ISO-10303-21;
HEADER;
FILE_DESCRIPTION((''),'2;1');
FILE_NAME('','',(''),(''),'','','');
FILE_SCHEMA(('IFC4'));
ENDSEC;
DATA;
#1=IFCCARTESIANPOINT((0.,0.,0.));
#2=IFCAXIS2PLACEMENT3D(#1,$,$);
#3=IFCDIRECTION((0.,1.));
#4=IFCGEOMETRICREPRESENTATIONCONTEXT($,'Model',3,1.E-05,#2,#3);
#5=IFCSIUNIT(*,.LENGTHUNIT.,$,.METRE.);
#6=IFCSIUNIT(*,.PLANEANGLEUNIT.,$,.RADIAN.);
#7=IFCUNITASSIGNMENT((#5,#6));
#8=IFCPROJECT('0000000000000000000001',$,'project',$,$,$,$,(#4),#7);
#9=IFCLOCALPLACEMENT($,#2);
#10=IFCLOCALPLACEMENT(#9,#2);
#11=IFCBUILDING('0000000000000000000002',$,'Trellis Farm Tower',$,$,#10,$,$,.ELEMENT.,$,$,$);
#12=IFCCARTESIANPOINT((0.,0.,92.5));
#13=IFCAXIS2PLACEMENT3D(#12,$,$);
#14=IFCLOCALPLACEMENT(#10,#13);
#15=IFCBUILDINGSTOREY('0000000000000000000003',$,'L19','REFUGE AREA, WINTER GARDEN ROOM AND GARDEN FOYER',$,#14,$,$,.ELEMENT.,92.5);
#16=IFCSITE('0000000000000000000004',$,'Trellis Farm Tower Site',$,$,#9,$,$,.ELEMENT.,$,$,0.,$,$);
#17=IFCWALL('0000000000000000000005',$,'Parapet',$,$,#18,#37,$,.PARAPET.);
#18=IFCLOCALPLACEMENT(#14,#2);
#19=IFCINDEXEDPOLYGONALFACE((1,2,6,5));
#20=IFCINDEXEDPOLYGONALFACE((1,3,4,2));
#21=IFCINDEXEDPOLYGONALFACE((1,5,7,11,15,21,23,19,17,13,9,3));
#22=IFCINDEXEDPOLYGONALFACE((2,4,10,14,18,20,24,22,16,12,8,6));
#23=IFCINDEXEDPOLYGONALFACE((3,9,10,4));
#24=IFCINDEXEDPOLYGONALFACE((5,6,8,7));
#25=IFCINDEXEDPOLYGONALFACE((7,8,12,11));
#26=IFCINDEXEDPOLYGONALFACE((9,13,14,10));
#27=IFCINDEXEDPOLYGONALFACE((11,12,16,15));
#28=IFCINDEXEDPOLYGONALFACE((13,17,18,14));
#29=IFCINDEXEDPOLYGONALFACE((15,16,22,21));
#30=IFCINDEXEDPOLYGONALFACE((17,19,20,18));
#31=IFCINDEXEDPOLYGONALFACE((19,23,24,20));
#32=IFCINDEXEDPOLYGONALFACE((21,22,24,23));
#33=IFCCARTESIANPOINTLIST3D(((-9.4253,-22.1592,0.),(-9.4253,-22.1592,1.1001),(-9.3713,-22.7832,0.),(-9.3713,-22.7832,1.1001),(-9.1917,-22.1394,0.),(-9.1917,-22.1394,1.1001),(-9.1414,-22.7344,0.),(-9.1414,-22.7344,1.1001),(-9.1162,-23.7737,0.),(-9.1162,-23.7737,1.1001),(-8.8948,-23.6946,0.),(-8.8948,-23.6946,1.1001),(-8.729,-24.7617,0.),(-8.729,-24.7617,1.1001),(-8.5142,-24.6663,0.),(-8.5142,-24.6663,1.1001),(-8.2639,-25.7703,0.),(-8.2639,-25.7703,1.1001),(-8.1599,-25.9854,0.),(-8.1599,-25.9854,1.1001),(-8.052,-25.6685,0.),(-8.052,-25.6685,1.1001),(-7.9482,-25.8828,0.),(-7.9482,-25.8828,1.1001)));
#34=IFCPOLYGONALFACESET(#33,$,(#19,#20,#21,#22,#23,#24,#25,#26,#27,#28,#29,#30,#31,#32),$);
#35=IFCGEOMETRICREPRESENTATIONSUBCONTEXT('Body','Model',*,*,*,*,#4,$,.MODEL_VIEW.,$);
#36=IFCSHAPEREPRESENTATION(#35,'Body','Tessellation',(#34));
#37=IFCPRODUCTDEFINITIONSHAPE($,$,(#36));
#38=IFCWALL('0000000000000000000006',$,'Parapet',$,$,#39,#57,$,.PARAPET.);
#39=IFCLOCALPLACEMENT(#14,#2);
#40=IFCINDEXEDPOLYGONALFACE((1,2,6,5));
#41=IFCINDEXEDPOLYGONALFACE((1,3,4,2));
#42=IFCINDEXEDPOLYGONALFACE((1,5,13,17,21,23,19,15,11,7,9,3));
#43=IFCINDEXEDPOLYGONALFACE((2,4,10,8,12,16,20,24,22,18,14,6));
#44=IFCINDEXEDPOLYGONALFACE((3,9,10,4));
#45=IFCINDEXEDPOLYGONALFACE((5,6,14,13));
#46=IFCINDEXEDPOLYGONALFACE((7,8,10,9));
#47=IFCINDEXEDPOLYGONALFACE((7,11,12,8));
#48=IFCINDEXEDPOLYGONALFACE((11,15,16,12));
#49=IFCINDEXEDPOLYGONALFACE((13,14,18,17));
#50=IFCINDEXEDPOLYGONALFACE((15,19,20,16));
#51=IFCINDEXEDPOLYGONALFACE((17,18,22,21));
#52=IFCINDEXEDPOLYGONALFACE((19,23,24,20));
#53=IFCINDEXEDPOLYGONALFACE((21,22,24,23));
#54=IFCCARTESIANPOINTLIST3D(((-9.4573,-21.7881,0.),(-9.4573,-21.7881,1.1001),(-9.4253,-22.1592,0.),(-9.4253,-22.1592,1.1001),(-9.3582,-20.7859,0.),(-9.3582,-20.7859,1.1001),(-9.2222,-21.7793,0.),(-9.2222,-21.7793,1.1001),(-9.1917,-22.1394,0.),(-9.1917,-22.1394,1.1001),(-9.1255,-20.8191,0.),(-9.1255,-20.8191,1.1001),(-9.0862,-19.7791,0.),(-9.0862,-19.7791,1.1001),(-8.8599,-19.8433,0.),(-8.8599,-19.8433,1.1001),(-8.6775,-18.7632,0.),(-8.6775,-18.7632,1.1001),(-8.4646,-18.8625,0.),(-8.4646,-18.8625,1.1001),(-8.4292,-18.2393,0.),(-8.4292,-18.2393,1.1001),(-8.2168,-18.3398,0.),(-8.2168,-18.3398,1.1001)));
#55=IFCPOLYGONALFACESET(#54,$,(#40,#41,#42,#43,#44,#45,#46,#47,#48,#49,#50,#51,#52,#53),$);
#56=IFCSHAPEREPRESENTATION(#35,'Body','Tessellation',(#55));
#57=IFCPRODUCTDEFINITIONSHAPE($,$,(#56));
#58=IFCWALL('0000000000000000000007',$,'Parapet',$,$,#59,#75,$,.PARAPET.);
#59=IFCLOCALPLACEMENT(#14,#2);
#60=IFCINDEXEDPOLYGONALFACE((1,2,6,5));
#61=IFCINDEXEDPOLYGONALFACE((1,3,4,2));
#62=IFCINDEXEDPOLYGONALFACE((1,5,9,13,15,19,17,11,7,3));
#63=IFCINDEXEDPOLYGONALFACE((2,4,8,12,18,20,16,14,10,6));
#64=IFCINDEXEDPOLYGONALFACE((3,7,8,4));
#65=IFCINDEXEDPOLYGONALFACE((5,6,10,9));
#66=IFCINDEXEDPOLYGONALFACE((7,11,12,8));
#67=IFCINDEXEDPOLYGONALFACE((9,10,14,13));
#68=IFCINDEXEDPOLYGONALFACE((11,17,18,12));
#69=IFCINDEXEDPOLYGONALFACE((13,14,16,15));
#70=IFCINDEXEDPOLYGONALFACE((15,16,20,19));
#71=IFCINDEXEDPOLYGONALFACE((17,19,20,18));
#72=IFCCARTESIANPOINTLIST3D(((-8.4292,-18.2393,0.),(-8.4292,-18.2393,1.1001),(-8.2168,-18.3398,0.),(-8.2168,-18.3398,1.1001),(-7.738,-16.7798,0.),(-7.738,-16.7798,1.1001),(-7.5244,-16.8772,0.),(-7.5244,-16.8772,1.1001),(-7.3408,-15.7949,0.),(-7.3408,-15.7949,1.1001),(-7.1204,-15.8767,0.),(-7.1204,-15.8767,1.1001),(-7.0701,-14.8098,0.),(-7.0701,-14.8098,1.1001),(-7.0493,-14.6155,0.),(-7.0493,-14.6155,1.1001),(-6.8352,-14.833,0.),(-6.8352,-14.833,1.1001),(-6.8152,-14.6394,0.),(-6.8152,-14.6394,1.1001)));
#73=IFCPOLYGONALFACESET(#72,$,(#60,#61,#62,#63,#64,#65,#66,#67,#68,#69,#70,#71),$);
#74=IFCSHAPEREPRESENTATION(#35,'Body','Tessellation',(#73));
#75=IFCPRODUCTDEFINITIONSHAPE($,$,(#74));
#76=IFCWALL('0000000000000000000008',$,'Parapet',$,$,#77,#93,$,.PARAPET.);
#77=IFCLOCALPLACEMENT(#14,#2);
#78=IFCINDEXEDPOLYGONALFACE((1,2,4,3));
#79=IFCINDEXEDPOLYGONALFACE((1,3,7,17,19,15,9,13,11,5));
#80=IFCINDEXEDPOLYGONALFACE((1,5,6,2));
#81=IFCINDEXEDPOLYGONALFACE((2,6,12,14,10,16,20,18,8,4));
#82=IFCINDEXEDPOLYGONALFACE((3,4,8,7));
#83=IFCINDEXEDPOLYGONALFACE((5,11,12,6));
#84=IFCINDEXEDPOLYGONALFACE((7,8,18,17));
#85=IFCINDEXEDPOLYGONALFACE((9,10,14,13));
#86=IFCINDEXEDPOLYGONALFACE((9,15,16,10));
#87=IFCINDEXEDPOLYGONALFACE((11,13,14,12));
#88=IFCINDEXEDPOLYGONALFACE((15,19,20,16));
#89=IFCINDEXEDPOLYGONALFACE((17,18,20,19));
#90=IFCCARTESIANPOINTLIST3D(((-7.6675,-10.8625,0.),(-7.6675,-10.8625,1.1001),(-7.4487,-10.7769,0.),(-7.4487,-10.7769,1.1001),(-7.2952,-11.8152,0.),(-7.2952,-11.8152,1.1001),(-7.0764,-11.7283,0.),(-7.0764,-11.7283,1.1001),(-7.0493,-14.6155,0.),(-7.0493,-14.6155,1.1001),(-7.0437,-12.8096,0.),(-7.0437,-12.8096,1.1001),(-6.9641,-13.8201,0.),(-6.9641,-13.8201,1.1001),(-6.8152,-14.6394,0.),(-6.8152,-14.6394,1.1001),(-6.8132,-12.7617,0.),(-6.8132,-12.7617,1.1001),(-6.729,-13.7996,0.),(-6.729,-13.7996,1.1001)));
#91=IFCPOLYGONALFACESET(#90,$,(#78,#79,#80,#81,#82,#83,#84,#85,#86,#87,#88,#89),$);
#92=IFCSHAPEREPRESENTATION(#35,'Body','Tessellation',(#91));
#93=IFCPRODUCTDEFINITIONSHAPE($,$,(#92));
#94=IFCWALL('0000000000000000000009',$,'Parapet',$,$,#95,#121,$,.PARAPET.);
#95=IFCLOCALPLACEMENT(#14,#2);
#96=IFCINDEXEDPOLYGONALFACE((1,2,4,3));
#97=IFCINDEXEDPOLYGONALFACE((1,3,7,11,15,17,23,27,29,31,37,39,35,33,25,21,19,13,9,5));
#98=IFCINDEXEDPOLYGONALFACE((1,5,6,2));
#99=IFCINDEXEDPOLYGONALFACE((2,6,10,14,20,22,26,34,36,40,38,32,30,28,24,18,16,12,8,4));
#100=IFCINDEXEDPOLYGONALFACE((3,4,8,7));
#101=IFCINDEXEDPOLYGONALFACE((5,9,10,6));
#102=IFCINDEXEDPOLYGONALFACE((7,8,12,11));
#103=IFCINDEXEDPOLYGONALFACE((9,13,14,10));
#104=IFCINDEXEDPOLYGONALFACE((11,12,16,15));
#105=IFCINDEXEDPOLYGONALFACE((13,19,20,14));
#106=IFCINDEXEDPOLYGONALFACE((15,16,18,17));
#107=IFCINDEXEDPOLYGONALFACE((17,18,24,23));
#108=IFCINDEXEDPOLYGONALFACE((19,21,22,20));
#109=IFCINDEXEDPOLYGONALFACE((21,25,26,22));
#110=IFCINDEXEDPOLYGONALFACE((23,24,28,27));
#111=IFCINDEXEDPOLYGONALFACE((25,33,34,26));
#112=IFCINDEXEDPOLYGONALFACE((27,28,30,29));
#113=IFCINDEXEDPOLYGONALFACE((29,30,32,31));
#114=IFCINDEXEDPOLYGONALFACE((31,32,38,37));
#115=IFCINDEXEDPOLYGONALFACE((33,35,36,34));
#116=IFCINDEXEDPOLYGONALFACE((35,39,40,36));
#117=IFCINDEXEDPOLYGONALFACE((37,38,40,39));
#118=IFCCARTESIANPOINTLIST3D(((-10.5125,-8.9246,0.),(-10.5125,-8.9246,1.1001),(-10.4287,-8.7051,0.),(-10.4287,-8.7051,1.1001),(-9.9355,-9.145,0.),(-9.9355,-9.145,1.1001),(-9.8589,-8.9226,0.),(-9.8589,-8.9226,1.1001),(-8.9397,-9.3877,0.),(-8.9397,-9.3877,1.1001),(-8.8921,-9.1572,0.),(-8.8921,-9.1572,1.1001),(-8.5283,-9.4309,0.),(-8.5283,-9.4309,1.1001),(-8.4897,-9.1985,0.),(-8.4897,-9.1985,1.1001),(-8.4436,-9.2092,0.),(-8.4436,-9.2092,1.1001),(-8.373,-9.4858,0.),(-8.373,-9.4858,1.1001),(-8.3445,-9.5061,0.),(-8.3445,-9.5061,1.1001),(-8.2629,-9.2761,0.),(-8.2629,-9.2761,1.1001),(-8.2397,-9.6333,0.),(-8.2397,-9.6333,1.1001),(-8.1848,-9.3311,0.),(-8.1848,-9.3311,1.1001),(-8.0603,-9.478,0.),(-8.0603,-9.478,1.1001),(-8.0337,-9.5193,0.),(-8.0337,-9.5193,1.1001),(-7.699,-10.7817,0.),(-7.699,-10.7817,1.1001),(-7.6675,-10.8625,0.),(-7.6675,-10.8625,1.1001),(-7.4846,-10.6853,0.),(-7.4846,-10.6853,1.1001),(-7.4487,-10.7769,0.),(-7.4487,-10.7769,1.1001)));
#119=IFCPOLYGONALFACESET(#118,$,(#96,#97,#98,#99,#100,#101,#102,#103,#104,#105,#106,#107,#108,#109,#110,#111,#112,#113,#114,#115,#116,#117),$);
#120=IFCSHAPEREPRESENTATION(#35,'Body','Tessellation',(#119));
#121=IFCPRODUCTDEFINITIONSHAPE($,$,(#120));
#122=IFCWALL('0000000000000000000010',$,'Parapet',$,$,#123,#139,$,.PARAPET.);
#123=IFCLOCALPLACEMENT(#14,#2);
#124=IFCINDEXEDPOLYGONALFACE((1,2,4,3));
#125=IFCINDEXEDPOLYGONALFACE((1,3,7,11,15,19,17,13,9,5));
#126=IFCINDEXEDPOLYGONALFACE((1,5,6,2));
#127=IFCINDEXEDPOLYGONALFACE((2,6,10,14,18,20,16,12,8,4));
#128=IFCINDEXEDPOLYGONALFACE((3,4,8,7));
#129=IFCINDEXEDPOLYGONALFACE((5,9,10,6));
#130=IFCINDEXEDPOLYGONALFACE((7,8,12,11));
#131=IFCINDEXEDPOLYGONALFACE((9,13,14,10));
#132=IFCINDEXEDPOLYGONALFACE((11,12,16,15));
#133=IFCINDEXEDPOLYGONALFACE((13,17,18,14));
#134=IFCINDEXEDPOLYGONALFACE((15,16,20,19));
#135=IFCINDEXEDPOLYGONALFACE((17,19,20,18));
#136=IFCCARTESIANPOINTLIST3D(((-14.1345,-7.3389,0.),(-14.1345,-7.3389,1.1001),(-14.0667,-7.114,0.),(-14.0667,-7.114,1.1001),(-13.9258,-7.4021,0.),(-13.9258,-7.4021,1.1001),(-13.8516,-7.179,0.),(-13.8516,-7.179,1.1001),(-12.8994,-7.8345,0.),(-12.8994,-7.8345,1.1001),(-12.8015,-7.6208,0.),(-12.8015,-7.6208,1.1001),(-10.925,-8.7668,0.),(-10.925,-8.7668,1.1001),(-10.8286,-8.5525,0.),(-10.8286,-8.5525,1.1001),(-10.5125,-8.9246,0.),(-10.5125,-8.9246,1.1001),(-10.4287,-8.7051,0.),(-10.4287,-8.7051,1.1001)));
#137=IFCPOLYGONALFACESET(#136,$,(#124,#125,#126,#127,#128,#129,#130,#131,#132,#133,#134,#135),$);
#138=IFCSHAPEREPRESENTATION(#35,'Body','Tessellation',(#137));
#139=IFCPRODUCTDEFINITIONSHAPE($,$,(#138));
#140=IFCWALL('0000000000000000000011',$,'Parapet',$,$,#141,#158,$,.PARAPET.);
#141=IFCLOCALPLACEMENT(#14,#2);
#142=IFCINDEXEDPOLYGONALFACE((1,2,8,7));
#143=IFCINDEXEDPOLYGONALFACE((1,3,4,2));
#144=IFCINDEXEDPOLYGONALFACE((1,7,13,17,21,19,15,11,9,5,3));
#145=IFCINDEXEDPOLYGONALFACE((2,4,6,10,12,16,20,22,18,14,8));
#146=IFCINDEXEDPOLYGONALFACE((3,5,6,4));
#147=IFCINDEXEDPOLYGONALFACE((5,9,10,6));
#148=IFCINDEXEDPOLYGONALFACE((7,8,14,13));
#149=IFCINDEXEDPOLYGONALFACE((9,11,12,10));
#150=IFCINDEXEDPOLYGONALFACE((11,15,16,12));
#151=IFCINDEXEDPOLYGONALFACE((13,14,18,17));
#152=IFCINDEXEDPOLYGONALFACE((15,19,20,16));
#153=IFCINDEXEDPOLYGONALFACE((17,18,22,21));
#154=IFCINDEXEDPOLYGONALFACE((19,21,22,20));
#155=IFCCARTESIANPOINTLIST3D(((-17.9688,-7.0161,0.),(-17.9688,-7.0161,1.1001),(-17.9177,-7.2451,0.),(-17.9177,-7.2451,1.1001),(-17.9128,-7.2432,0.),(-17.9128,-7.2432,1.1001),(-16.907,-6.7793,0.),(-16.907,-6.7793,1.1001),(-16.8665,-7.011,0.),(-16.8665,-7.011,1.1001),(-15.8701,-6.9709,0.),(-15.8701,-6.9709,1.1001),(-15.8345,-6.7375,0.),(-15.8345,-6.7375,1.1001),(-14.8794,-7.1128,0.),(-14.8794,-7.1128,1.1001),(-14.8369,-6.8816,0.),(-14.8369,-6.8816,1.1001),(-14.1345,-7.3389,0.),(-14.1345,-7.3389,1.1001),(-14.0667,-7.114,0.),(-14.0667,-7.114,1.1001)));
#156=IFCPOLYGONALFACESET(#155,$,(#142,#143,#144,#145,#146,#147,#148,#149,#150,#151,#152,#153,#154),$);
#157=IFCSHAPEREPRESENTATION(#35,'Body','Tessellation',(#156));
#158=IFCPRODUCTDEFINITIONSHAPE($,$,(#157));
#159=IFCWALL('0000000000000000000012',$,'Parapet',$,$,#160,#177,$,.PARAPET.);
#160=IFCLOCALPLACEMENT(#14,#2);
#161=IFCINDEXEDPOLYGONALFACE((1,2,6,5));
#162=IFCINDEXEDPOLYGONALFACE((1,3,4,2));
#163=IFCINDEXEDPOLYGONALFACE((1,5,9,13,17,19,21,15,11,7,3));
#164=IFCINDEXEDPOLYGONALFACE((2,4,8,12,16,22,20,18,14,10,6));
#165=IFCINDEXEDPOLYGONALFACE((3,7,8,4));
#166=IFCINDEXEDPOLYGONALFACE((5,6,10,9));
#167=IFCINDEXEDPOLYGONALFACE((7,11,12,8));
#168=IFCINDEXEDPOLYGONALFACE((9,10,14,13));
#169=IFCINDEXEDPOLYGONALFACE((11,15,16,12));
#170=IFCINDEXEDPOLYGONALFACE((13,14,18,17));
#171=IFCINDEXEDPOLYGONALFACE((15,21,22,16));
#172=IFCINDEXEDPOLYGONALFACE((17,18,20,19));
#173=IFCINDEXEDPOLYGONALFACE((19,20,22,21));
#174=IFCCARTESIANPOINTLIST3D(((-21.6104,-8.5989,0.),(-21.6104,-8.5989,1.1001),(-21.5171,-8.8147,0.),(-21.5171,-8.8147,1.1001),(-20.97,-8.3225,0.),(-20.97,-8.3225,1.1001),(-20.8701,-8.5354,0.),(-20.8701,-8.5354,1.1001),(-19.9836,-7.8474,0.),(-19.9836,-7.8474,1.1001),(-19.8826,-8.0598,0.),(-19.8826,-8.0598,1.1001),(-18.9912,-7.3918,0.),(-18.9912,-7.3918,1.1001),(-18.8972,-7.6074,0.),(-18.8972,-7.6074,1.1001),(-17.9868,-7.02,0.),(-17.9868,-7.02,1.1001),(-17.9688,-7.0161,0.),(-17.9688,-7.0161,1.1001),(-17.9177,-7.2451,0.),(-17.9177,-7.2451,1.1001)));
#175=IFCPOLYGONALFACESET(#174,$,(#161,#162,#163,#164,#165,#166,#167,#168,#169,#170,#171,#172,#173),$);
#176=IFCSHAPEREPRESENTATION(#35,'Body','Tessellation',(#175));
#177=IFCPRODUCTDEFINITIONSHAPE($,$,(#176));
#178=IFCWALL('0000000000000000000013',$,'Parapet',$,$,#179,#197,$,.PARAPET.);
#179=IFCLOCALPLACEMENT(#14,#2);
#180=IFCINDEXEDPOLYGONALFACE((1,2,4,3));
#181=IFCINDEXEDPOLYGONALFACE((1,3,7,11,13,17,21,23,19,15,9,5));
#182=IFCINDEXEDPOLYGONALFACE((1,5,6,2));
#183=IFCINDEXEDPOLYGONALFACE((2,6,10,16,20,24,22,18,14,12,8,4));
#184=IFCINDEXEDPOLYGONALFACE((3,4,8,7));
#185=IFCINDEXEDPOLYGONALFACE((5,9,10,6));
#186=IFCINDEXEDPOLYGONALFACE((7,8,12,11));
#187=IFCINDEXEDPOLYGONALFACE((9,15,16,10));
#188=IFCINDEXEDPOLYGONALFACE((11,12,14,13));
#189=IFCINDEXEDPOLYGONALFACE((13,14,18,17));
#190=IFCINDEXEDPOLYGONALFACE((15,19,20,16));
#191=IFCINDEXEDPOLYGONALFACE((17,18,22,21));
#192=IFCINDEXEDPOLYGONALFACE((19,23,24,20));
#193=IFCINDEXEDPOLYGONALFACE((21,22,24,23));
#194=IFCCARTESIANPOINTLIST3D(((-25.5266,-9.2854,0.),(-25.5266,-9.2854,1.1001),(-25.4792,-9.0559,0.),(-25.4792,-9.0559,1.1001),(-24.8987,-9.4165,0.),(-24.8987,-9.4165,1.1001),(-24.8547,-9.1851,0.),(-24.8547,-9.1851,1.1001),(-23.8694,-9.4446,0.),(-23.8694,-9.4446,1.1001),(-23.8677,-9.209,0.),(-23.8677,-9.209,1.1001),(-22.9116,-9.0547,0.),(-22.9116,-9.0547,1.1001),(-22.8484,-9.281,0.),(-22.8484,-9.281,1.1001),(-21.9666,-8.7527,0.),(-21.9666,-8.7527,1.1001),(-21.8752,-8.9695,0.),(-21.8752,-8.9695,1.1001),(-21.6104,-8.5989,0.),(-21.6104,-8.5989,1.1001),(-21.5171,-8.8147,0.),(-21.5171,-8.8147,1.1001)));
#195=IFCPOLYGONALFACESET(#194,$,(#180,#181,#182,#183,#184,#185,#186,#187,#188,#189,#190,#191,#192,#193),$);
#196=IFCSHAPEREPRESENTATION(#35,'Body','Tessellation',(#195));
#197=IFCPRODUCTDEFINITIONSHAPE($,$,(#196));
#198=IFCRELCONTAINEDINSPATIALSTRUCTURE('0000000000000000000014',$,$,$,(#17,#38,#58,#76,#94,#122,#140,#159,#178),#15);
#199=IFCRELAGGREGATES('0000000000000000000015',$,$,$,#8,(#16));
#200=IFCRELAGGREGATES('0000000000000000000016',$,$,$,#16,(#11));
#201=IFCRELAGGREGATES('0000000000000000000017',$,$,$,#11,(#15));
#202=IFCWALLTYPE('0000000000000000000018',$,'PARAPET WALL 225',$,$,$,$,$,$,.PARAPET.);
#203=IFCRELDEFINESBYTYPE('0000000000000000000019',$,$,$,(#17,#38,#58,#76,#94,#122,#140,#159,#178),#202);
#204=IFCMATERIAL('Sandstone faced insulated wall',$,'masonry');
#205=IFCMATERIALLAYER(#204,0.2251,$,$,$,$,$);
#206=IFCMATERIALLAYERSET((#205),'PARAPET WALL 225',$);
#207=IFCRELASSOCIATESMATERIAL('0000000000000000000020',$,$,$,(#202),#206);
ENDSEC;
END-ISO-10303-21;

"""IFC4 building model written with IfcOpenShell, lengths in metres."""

from ifc_helpers import new_model, si_unit, direction, frame, origin, place, context, subcontext, project, spatial, polyline, outline, extrude, material, layer, layer_set, type_object, element, save


model = new_model("IFC4")

# Units and contexts
model_context = context("Model", 3, precision=1e-05, world=origin(), true_north=direction((0.0, 1.0)))
body_context = subcontext(model_context, "Body", "Model", "MODEL_VIEW")
ifc_project = project(units=[si_unit("LENGTHUNIT", "METRE"), si_unit("PLANEANGLEUNIT", "RADIAN")], contexts=[model_context])

# Site, building, storey
site_placement = place(None, origin())
site = spatial("IfcSite", under=ifc_project, at=site_placement, Name="Trellis Farm Tower Site", CompositionType="ELEMENT", RefElevation=0.0)
building_placement = place(site_placement, origin())
building = spatial("IfcBuilding", under=site, at=building_placement, Name="Trellis Farm Tower", CompositionType="ELEMENT")
storey_placement = place(building_placement, frame((0.0, 0.0, 92.5)))
storey = spatial("IfcBuildingStorey", under=building, at=storey_placement, Name="L19", Description="REFUGE AREA, WINTER GARDEN ROOM AND GARDEN FOYER", CompositionType="ELEMENT", Elevation=92.5)

# Walls
ifc_material_1 = material(Name="Sandstone faced insulated wall", Category="masonry")
ifc_layer_1 = layer(ifc_material_1, 0.2251)
ifc_layer_set_1 = layer_set([ifc_layer_1], Name="PARAPET WALL 225")
wall_type_1 = type_object("IfcWallType", Name="PARAPET WALL 225", PredefinedType="PARAPET", material=ifc_layer_set_1)
placement = place(storey_placement, origin())
element("IfcWall", 1, at=placement, inside=storey, type_object=wall_type_1, Name="Parapet", PredefinedType="PARAPET", context=body_context, shape_type="SweptSolid", body=[
    extrude(outline(polyline([(-8.1599, -25.9854), (-8.2639, -25.7703), (-8.729, -24.7617), (-9.1162, -23.7737), (-9.3713, -22.7832), (-9.4253, -22.1592), (-9.1917, -22.1394), (-9.1414, -22.7344), (-8.8948, -23.6946), (-8.5142, -24.6663), (-8.052, -25.6685), (-7.9482, -25.8828), (-8.1599, -25.9854)])), origin(), (0.0, 0.0, 1.0), 1.1001),
])
element("IfcWall", 2, at=placement, inside=storey, type_object=wall_type_1, Name="Parapet", PredefinedType="PARAPET", context=body_context, shape_type="SweptSolid", body=[
    extrude(outline(polyline([(-9.4253, -22.1592), (-9.4573, -21.7881), (-9.3582, -20.7859), (-9.0862, -19.7791), (-8.6775, -18.7632), (-8.4292, -18.2393), (-8.2168, -18.3398), (-8.4646, -18.8625), (-8.8599, -19.8433), (-9.1255, -20.8191), (-9.2222, -21.7793), (-9.1917, -22.1394), (-9.4253, -22.1592)])), origin(), (0.0, 0.0, 1.0), 1.1001),
])
element("IfcWall", 3, at=placement, inside=storey, type_object=wall_type_1, Name="Parapet", PredefinedType="PARAPET", context=body_context, shape_type="SweptSolid", body=[
    extrude(outline(polyline([(-8.4292, -18.2393), (-7.738, -16.7798), (-7.3408, -15.7949), (-7.0701, -14.8098), (-7.0493, -14.6155), (-6.8152, -14.6394), (-6.8352, -14.833), (-7.1204, -15.8767), (-7.5244, -16.8772), (-8.2168, -18.3398), (-8.4292, -18.2393)])), origin(), (0.0, 0.0, 1.0), 1.1001),
])
element("IfcWall", 4, at=placement, inside=storey, type_object=wall_type_1, Name="Parapet", PredefinedType="PARAPET", context=body_context, shape_type="SweptSolid", body=[
    extrude(outline(polyline([(-7.0493, -14.6155), (-6.9641, -13.8201), (-7.0437, -12.8096), (-7.2952, -11.8152), (-7.6675, -10.8625), (-7.4487, -10.7769), (-7.0764, -11.7283), (-6.8132, -12.7617), (-6.729, -13.7996), (-6.8152, -14.6394), (-7.0493, -14.6155)])), origin(), (0.0, 0.0, 1.0), 1.1001),
])
element("IfcWall", 5, at=placement, inside=storey, type_object=wall_type_1, Name="Parapet", PredefinedType="PARAPET", context=body_context, shape_type="SweptSolid", body=[
    extrude(outline(polyline([(-7.6675, -10.8625), (-7.699, -10.7817), (-8.2397, -9.6333), (-8.3445, -9.5061), (-8.373, -9.4858), (-8.5283, -9.4309), (-8.9397, -9.3877), (-9.9355, -9.145), (-10.5125, -8.9246), (-10.4287, -8.7051), (-9.8589, -8.9226), (-8.8921, -9.1572), (-8.4897, -9.1985), (-8.4436, -9.2092), (-8.2629, -9.2761), (-8.1848, -9.3311), (-8.0603, -9.478), (-8.0337, -9.5193), (-7.4846, -10.6853), (-7.4487, -10.7769), (-7.6675, -10.8625)])), origin(), (0.0, 0.0, 1.0), 1.1001),
])
element("IfcWall", 6, at=placement, inside=storey, type_object=wall_type_1, Name="Parapet", PredefinedType="PARAPET", context=body_context, shape_type="SweptSolid", body=[
    extrude(outline(polyline([(-10.5125, -8.9246), (-10.925, -8.7668), (-12.8994, -7.8345), (-13.9258, -7.4021), (-14.1345, -7.3389), (-14.0667, -7.114), (-13.8516, -7.179), (-12.8015, -7.6208), (-10.8286, -8.5525), (-10.4287, -8.7051), (-10.5125, -8.9246)])), origin(), (0.0, 0.0, 1.0), 1.1001),
])
element("IfcWall", 7, at=placement, inside=storey, type_object=wall_type_1, Name="Parapet", PredefinedType="PARAPET", context=body_context, shape_type="SweptSolid", body=[
    extrude(outline(polyline([(-14.1345, -7.3389), (-14.8794, -7.1128), (-15.8701, -6.9709), (-16.8665, -7.011), (-17.9128, -7.2432), (-17.9177, -7.2451), (-17.9688, -7.0161), (-16.907, -6.7793), (-15.8345, -6.7375), (-14.8369, -6.8816), (-14.0667, -7.114), (-14.1345, -7.3389)])), origin(), (0.0, 0.0, 1.0), 1.1001),
])
element("IfcWall", 8, at=placement, inside=storey, type_object=wall_type_1, Name="Parapet", PredefinedType="PARAPET", context=body_context, shape_type="SweptSolid", body=[
    extrude(outline(polyline([(-17.9177, -7.2451), (-18.8972, -7.6074), (-19.8826, -8.0598), (-20.8701, -8.5354), (-21.5171, -8.8147), (-21.6104, -8.5989), (-20.97, -8.3225), (-19.9836, -7.8474), (-18.9912, -7.3918), (-17.9868, -7.02), (-17.9688, -7.0161), (-17.9177, -7.2451)])), origin(), (0.0, 0.0, 1.0), 1.1001),
])
element("IfcWall", 9, at=placement, inside=storey, type_object=wall_type_1, Name="Parapet", PredefinedType="PARAPET", context=body_context, shape_type="SweptSolid", body=[
    extrude(outline(polyline([(-21.5171, -8.8147), (-21.8752, -8.9695), (-22.8484, -9.281), (-23.8694, -9.4446), (-24.8987, -9.4165), (-25.5266, -9.2854), (-25.4792, -9.0559), (-24.8547, -9.1851), (-23.8677, -9.209), (-22.9116, -9.0547), (-21.9666, -8.7527), (-21.6104, -8.5989), (-21.5171, -8.8147)])), origin(), (0.0, 0.0, 1.0), 1.1001),
])

save(model, "model.ifc")
